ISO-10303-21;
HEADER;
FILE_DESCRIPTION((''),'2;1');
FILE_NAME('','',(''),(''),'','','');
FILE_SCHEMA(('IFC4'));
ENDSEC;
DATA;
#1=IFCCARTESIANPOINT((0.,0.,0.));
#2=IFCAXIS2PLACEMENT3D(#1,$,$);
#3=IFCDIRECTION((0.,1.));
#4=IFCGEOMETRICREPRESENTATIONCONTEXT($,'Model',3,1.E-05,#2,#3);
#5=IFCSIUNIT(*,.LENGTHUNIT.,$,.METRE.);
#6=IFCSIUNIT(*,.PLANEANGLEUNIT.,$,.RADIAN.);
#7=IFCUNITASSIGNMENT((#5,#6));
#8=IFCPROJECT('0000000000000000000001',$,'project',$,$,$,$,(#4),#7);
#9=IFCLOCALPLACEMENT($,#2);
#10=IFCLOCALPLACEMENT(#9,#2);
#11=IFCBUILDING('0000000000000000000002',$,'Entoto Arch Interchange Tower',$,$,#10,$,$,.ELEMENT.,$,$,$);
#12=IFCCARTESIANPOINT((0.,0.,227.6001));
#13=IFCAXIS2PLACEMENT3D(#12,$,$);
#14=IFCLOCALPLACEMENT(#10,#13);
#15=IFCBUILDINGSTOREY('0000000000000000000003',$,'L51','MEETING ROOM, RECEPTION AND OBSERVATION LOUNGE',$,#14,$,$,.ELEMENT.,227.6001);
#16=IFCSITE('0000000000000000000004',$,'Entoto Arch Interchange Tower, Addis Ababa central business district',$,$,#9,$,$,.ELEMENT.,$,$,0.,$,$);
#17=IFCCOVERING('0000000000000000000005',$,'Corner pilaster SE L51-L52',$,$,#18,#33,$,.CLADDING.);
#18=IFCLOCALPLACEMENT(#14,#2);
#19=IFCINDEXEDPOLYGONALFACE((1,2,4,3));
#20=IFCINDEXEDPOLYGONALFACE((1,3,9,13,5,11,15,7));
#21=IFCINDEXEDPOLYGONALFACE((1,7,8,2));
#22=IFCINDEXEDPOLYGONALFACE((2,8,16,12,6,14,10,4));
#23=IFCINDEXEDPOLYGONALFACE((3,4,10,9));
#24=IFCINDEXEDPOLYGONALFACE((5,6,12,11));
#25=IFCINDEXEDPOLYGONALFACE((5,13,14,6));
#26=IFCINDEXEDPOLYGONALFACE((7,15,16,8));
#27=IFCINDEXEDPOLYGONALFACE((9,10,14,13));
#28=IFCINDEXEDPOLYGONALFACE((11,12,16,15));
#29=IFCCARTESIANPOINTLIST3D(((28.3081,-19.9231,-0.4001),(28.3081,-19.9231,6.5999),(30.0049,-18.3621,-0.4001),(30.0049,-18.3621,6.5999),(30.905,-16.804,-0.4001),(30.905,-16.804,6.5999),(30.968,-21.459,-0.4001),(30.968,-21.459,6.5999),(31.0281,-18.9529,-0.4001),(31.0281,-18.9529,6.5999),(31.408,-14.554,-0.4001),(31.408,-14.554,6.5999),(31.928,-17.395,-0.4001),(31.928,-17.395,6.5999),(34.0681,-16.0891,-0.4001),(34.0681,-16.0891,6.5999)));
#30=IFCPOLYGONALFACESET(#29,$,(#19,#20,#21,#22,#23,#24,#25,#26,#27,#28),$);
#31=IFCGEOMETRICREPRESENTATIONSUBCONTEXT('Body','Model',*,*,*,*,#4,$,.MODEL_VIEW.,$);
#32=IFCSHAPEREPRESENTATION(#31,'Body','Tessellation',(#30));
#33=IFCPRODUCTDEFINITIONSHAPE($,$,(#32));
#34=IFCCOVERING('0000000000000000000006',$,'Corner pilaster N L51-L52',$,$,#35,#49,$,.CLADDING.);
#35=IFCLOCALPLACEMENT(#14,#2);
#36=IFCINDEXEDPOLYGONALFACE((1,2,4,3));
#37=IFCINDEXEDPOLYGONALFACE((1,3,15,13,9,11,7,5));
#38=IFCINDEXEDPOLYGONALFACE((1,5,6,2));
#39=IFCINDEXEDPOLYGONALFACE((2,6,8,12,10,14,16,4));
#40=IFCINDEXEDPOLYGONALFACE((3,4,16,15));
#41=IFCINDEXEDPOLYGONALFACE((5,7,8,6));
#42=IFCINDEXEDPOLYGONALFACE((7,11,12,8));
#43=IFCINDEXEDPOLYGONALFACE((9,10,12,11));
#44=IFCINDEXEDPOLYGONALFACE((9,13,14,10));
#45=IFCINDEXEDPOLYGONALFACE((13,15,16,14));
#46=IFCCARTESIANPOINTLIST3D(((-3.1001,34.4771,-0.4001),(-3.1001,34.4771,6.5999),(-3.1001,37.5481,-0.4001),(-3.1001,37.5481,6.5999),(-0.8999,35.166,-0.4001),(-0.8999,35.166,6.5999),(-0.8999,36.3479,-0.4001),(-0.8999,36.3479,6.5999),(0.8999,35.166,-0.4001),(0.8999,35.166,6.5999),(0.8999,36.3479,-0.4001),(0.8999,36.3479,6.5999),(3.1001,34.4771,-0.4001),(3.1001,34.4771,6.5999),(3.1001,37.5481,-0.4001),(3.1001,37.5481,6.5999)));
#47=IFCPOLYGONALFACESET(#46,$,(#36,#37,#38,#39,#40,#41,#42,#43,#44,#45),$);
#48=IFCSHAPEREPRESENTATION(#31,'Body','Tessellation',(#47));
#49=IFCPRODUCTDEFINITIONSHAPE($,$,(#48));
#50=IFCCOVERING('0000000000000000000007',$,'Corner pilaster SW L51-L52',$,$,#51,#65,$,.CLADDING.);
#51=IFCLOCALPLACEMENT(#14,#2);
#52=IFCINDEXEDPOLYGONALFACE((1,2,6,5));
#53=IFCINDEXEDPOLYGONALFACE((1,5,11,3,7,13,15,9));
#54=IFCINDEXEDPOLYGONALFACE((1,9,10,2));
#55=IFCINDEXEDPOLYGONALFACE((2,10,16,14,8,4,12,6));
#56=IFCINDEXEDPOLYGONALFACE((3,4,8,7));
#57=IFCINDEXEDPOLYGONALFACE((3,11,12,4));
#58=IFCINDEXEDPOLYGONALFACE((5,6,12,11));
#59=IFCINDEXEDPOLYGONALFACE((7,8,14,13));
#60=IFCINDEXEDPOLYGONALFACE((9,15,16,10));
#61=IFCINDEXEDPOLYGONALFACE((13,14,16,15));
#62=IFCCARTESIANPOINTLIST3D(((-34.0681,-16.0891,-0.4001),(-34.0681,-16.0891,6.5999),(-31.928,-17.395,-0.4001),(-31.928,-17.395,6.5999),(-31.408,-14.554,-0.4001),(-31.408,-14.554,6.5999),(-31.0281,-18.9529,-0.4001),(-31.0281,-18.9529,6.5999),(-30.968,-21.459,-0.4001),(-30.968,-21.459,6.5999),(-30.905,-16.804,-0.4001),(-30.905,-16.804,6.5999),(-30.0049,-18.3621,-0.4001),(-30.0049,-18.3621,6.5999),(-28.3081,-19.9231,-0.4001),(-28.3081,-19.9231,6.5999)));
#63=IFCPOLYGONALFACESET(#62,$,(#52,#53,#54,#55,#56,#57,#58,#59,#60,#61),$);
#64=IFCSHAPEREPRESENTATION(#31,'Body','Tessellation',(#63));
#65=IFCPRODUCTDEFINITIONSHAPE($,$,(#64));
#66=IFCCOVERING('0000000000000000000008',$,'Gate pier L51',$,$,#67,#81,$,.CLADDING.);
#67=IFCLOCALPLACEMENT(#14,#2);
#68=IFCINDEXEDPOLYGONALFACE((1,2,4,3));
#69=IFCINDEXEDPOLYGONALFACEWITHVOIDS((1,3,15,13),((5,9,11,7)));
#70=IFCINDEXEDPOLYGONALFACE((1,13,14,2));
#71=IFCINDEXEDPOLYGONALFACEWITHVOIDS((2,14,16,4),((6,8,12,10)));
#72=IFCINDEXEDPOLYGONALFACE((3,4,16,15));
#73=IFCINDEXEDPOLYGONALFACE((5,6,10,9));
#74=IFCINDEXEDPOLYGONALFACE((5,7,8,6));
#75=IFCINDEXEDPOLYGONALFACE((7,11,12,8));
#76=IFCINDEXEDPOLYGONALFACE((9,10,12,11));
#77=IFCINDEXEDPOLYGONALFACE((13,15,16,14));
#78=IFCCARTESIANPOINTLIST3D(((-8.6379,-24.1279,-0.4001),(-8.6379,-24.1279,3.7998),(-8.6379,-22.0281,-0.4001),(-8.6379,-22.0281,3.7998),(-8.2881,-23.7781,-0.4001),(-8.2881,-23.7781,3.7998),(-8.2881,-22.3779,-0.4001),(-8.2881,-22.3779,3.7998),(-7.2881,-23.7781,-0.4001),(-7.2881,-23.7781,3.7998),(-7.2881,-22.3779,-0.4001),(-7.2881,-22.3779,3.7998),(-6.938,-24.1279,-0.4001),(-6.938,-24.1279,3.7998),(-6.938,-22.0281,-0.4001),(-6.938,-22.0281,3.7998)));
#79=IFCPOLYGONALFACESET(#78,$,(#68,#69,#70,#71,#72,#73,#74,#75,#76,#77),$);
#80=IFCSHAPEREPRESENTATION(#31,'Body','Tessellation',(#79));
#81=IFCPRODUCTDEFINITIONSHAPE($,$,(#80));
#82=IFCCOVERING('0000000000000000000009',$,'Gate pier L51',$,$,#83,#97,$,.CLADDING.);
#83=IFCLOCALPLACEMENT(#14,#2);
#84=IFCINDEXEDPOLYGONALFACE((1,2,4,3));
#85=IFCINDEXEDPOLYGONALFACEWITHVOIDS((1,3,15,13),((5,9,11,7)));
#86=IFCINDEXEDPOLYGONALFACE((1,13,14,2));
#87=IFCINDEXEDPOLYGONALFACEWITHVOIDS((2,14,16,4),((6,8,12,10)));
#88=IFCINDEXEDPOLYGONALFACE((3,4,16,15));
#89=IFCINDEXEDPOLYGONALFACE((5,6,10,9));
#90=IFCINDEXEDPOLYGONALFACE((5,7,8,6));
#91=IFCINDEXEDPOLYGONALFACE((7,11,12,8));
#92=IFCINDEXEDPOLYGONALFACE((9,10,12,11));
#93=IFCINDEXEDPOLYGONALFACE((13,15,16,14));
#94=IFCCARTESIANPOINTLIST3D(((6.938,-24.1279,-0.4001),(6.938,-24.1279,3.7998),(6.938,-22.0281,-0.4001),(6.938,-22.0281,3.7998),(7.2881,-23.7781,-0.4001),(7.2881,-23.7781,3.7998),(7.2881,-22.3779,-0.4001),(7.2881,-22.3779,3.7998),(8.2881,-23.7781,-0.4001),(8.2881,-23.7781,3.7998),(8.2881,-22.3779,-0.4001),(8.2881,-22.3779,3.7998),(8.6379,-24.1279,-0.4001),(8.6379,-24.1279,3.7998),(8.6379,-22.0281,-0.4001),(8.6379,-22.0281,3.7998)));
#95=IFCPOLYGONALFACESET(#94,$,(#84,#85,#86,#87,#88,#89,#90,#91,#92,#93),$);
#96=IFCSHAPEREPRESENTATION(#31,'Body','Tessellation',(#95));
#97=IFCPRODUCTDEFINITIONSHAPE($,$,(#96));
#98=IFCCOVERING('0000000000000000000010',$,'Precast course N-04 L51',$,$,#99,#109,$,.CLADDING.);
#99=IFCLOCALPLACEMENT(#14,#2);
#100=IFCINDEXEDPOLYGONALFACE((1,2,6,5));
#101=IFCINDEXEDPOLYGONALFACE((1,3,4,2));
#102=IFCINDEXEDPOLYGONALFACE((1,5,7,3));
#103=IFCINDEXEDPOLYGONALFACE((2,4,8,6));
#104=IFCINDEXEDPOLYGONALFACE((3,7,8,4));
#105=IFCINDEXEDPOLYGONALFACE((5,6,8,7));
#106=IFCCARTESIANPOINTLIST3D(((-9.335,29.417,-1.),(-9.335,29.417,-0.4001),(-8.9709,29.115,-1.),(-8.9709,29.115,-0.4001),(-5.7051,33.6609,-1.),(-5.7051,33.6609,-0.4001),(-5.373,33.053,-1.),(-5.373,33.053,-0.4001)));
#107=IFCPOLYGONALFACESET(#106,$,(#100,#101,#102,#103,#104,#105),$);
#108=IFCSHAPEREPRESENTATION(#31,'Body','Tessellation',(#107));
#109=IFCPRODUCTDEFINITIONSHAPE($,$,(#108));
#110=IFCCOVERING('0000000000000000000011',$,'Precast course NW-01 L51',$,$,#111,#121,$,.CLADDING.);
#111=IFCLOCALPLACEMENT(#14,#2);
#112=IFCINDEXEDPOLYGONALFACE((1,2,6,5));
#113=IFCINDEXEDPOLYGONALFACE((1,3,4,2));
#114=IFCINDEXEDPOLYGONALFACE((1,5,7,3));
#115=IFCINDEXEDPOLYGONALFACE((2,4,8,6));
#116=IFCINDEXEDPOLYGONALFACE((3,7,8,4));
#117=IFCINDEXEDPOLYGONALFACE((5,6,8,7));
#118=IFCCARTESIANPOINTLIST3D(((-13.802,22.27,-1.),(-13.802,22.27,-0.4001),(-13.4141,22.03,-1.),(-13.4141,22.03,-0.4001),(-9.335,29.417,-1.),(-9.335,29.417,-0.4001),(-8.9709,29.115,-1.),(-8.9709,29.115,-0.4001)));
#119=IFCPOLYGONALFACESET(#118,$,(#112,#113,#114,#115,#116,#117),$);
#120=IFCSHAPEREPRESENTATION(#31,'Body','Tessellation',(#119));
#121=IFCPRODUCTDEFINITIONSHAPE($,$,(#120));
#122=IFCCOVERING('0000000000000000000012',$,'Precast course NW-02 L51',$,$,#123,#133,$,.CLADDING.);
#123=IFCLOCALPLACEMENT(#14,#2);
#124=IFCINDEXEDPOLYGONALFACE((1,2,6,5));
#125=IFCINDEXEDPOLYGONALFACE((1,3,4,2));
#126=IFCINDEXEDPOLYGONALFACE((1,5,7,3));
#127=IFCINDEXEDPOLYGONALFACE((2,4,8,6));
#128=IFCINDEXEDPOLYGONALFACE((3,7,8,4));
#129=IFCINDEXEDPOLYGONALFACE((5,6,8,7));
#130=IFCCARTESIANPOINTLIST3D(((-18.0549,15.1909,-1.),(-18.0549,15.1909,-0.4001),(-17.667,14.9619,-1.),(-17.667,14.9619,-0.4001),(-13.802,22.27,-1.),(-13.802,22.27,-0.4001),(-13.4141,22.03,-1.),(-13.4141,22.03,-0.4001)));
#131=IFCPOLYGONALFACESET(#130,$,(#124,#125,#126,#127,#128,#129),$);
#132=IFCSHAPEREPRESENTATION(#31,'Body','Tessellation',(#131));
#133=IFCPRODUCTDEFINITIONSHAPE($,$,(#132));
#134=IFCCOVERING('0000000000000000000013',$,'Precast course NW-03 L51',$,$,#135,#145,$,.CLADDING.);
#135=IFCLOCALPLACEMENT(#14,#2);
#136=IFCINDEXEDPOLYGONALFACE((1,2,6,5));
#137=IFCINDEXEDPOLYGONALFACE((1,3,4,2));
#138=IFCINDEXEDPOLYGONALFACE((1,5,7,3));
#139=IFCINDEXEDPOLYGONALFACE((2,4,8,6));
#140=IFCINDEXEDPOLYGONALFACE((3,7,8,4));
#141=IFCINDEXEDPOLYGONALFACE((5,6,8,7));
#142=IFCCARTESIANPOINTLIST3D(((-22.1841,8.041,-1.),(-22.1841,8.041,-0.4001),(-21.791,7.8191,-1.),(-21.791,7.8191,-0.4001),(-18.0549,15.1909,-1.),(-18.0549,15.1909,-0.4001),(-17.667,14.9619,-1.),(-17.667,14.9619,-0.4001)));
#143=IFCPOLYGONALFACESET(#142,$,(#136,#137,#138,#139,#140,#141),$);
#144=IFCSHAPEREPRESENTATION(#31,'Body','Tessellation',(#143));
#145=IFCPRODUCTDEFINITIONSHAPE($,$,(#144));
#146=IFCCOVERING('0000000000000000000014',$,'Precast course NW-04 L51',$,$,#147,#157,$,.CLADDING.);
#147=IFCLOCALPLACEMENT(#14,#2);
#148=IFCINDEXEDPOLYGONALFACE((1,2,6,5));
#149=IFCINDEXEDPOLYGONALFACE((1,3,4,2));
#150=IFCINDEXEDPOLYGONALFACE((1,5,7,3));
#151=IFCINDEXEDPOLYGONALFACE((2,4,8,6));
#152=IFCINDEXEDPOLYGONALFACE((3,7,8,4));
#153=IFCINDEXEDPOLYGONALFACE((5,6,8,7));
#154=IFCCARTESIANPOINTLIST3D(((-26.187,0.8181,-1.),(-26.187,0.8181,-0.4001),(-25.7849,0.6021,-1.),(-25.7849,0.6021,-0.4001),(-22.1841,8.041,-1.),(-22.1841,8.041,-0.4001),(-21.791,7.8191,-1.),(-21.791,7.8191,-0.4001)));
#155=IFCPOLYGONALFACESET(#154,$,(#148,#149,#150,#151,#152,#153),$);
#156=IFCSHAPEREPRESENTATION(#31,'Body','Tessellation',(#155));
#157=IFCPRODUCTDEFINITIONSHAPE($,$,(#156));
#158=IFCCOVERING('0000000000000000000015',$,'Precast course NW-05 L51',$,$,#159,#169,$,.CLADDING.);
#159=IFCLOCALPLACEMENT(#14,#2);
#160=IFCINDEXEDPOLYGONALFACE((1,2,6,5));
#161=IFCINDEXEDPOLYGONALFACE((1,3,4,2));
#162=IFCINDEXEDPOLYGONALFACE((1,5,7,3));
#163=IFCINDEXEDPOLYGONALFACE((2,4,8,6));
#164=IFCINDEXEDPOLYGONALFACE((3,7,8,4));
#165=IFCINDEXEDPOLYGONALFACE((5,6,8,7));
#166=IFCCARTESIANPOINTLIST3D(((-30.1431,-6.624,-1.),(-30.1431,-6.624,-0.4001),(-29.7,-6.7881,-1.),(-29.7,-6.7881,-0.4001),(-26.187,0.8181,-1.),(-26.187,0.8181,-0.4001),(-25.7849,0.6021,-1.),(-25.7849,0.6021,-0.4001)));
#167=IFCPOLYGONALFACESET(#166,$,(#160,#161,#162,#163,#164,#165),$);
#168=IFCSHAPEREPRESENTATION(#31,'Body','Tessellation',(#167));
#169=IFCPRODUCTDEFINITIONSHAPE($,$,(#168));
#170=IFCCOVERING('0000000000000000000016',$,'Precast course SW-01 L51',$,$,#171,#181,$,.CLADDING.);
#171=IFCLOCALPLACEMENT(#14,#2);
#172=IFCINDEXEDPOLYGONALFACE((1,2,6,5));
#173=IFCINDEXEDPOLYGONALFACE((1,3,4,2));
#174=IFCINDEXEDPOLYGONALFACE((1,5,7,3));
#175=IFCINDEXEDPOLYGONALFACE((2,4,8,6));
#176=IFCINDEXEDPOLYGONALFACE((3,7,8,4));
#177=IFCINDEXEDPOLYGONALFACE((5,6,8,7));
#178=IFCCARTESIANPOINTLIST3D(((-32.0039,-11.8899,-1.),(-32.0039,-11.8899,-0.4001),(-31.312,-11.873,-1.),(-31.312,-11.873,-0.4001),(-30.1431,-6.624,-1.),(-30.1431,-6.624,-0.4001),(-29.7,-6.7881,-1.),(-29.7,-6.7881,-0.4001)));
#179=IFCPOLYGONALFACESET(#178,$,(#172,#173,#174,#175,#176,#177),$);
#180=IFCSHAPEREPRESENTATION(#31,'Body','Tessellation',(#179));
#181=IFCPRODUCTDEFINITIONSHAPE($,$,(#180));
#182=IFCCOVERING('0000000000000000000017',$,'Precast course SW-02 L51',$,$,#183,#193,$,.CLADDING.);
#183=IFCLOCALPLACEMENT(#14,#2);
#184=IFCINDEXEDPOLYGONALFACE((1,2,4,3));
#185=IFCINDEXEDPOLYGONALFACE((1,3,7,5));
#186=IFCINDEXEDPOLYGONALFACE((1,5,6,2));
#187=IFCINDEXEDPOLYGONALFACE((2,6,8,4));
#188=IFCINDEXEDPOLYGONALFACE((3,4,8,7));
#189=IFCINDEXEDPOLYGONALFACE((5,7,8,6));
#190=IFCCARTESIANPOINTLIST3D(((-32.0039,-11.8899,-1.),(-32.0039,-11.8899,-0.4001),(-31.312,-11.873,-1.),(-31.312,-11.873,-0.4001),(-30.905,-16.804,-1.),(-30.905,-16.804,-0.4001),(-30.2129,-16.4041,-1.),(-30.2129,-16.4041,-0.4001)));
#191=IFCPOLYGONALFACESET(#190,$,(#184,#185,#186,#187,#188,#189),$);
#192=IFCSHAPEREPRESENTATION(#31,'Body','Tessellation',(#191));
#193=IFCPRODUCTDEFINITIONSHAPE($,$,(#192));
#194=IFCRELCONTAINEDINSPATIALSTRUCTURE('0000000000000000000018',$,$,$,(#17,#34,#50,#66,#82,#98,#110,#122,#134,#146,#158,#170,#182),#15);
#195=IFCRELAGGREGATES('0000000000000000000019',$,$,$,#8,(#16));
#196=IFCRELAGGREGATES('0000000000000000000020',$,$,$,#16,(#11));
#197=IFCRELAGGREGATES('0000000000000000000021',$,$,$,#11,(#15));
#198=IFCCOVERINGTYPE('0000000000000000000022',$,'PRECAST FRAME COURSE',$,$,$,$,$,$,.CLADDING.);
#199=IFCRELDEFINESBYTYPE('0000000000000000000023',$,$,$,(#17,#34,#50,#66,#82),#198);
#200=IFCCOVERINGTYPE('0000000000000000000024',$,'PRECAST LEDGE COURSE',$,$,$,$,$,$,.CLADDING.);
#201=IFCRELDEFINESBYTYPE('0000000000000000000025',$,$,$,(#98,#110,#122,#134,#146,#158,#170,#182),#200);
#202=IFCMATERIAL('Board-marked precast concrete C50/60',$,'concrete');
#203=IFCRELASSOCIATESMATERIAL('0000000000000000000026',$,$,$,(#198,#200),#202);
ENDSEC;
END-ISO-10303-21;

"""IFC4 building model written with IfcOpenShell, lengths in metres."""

from ifc_helpers import new_model, si_unit, direction, frame, origin, place, context, subcontext, project, spatial, polyline, outline, extrude, material, type_object, element, save


model = new_model("IFC4")

# Units and contexts
model_context = context("Model", 3, precision=1e-05, world=origin(), true_north=direction((0.0, 1.0)))
body_context = subcontext(model_context, "Body", "Model", "MODEL_VIEW")
ifc_project = project(units=[si_unit("LENGTHUNIT", "METRE"), si_unit("PLANEANGLEUNIT", "RADIAN")], contexts=[model_context])

# Site, building, storey
site_placement = place(None, origin())
site = spatial("IfcSite", under=ifc_project, at=site_placement, Name="Entoto Arch Interchange Tower, Addis Ababa central business district", CompositionType="ELEMENT", RefElevation=0.0)
building_placement = place(site_placement, origin())
building = spatial("IfcBuilding", under=site, at=building_placement, Name="Entoto Arch Interchange Tower", CompositionType="ELEMENT")
storey_placement = place(building_placement, frame((0.0, 0.0, 227.6001)))
storey = spatial("IfcBuildingStorey", under=building, at=storey_placement, Name="L51", Description="MEETING ROOM, RECEPTION AND OBSERVATION LOUNGE", CompositionType="ELEMENT", Elevation=227.6001)

# Shared definitions
ifc_material_1 = material(Name="Board-marked precast concrete C50/60", Category="concrete")

# Coverings
covering_type_1 = type_object("IfcCoveringType", Name="PRECAST FRAME COURSE", PredefinedType="CLADDING", material=ifc_material_1)
covering_1_placement = place(storey_placement, frame((0.0, 0.0, -0.4001)))
element("IfcCovering", 1, at=covering_1_placement, inside=storey, type_object=covering_type_1, Name="Corner pilaster SE L51-L52", PredefinedType="CLADDING", context=body_context, shape_type="SweptSolid", body=[
    extrude(outline(polyline([(34.0681, -16.0891), (30.968, -21.459), (28.3081, -19.9231), (30.0049, -18.3621), (31.0281, -18.9529), (31.928, -17.395), (30.905, -16.804), (31.408, -14.554), (34.0681, -16.0891)])), origin(), (0.0, 0.0, 1.0), 7.0),
])
covering_2_placement = place(storey_placement, frame((0.0, 0.0, -0.4001)))
element("IfcCovering", 2, at=covering_2_placement, inside=storey, type_object=covering_type_1, Name="Corner pilaster N L51-L52", PredefinedType="CLADDING", context=body_context, shape_type="SweptSolid", body=[
    extrude(outline(polyline([(-3.1001, 37.5481), (3.1001, 37.5481), (3.1001, 34.4771), (0.8999, 35.166), (0.8999, 36.3479), (-0.8999, 36.3479), (-0.8999, 35.166), (-3.1001, 34.4771), (-3.1001, 37.5481)])), origin(), (0.0, 0.0, 1.0), 7.0),
])
covering_3_placement = place(storey_placement, frame((0.0, 0.0, -0.4001)))
element("IfcCovering", 3, at=covering_3_placement, inside=storey, type_object=covering_type_1, Name="Corner pilaster SW L51-L52", PredefinedType="CLADDING", context=body_context, shape_type="SweptSolid", body=[
    extrude(outline(polyline([(-30.968, -21.459), (-34.0681, -16.0891), (-31.408, -14.554), (-30.905, -16.804), (-31.928, -17.395), (-31.0281, -18.9529), (-30.0049, -18.3621), (-28.3081, -19.9231), (-30.968, -21.459)])), origin(), (0.0, 0.0, 1.0), 7.0),
])
covering_4_placement = place(storey_placement, frame((0.0, 0.0, -0.4001)))
element("IfcCovering", 4, at=covering_4_placement, inside=storey, type_object=covering_type_1, Name="Gate pier L51", PredefinedType="CLADDING", context=body_context, shape_type="SweptSolid", body=[
    extrude(outline(polyline([(-8.6379, -22.0281), (-6.938, -22.0281), (-6.938, -24.1279), (-8.6379, -24.1279), (-8.6379, -22.0281)]), holes=[polyline([(-8.2881, -22.3779), (-8.2881, -23.7781), (-7.2881, -23.7781), (-7.2881, -22.3779), (-8.2881, -22.3779)])]), origin(), (0.0, 0.0, 1.0), 4.2),
])
covering_5_placement = place(storey_placement, frame((0.0, 0.0, -0.4001)))
element("IfcCovering", 5, at=covering_5_placement, inside=storey, type_object=covering_type_1, Name="Gate pier L51", PredefinedType="CLADDING", context=body_context, shape_type="SweptSolid", body=[
    extrude(outline(polyline([(6.938, -22.0281), (8.6379, -22.0281), (8.6379, -24.1279), (6.938, -24.1279), (6.938, -22.0281)]), holes=[polyline([(7.2881, -22.3779), (7.2881, -23.7781), (8.2881, -23.7781), (8.2881, -22.3779), (7.2881, -22.3779)])]), origin(), (0.0, 0.0, 1.0), 4.2),
])
covering_type_2 = type_object("IfcCoveringType", Name="PRECAST LEDGE COURSE", PredefinedType="CLADDING", material=ifc_material_1)
covering_6_placement = place(storey_placement, frame((0.0, 0.0, -1.0)))
element("IfcCovering", 6, at=covering_6_placement, inside=storey, type_object=covering_type_2, Name="Precast course N-04 L51", PredefinedType="CLADDING", context=body_context, shape_type="SweptSolid", body=[
    extrude(outline(polyline([(-8.9709, 29.115), (-9.335, 29.417), (-5.7051, 33.6609), (-5.373, 33.053), (-8.9709, 29.115)])), origin(), (0.0, 0.0, 1.0), 0.5999),
])
covering_7_placement = place(storey_placement, frame((0.0, 0.0, -1.0)))
element("IfcCovering", 7, at=covering_7_placement, inside=storey, type_object=covering_type_2, Name="Precast course NW-01 L51", PredefinedType="CLADDING", context=body_context, shape_type="SweptSolid", body=[
    extrude(outline(polyline([(-13.4141, 22.03), (-13.802, 22.27), (-9.335, 29.417), (-8.9709, 29.115), (-13.4141, 22.03)])), origin(), (0.0, 0.0, 1.0), 0.5999),
])
covering_8_placement = place(storey_placement, frame((0.0, 0.0, -1.0)))
element("IfcCovering", 8, at=covering_8_placement, inside=storey, type_object=covering_type_2, Name="Precast course NW-02 L51", PredefinedType="CLADDING", context=body_context, shape_type="SweptSolid", body=[
    extrude(outline(polyline([(-17.667, 14.9619), (-18.0549, 15.1909), (-13.802, 22.27), (-13.4141, 22.03), (-17.667, 14.9619)])), origin(), (0.0, 0.0, 1.0), 0.5999),
])
covering_9_placement = place(storey_placement, frame((0.0, 0.0, -1.0)))
element("IfcCovering", 9, at=covering_9_placement, inside=storey, type_object=covering_type_2, Name="Precast course NW-03 L51", PredefinedType="CLADDING", context=body_context, shape_type="SweptSolid", body=[
    extrude(outline(polyline([(-21.791, 7.8191), (-22.1841, 8.041), (-18.0549, 15.1909), (-17.667, 14.9619), (-21.791, 7.8191)])), origin(), (0.0, 0.0, 1.0), 0.5999),
])
covering_10_placement = place(storey_placement, frame((0.0, 0.0, -1.0)))
element("IfcCovering", 10, at=covering_10_placement, inside=storey, type_object=covering_type_2, Name="Precast course NW-04 L51", PredefinedType="CLADDING", context=body_context, shape_type="SweptSolid", body=[
    extrude(outline(polyline([(-25.7849, 0.6021), (-26.187, 0.8181), (-22.1841, 8.041), (-21.791, 7.8191), (-25.7849, 0.6021)])), origin(), (0.0, 0.0, 1.0), 0.5999),
])
covering_11_placement = place(storey_placement, frame((0.0, 0.0, -1.0)))
element("IfcCovering", 11, at=covering_11_placement, inside=storey, type_object=covering_type_2, Name="Precast course NW-05 L51", PredefinedType="CLADDING", context=body_context, shape_type="SweptSolid", body=[
    extrude(outline(polyline([(-29.7, -6.7881), (-30.1431, -6.624), (-26.187, 0.8181), (-25.7849, 0.6021), (-29.7, -6.7881)])), origin(), (0.0, 0.0, 1.0), 0.5999),
])
covering_12_placement = place(storey_placement, frame((0.0, 0.0, -1.0)))
element("IfcCovering", 12, at=covering_12_placement, inside=storey, type_object=covering_type_2, Name="Precast course SW-01 L51", PredefinedType="CLADDING", context=body_context, shape_type="SweptSolid", body=[
    extrude(outline(polyline([(-31.312, -11.873), (-32.0039, -11.8899), (-30.1431, -6.624), (-29.7, -6.7881), (-31.312, -11.873)])), origin(), (0.0, 0.0, 1.0), 0.5999),
])
covering_13_placement = place(storey_placement, frame((0.0, 0.0, -1.0)))
element("IfcCovering", 13, at=covering_13_placement, inside=storey, type_object=covering_type_2, Name="Precast course SW-02 L51", PredefinedType="CLADDING", context=body_context, shape_type="SweptSolid", body=[
    extrude(outline(polyline([(-30.2129, -16.4041), (-30.905, -16.804), (-32.0039, -11.8899), (-31.312, -11.873), (-30.2129, -16.4041)])), origin(), (0.0, 0.0, 1.0), 0.5999),
])

save(model, "model.ifc")
